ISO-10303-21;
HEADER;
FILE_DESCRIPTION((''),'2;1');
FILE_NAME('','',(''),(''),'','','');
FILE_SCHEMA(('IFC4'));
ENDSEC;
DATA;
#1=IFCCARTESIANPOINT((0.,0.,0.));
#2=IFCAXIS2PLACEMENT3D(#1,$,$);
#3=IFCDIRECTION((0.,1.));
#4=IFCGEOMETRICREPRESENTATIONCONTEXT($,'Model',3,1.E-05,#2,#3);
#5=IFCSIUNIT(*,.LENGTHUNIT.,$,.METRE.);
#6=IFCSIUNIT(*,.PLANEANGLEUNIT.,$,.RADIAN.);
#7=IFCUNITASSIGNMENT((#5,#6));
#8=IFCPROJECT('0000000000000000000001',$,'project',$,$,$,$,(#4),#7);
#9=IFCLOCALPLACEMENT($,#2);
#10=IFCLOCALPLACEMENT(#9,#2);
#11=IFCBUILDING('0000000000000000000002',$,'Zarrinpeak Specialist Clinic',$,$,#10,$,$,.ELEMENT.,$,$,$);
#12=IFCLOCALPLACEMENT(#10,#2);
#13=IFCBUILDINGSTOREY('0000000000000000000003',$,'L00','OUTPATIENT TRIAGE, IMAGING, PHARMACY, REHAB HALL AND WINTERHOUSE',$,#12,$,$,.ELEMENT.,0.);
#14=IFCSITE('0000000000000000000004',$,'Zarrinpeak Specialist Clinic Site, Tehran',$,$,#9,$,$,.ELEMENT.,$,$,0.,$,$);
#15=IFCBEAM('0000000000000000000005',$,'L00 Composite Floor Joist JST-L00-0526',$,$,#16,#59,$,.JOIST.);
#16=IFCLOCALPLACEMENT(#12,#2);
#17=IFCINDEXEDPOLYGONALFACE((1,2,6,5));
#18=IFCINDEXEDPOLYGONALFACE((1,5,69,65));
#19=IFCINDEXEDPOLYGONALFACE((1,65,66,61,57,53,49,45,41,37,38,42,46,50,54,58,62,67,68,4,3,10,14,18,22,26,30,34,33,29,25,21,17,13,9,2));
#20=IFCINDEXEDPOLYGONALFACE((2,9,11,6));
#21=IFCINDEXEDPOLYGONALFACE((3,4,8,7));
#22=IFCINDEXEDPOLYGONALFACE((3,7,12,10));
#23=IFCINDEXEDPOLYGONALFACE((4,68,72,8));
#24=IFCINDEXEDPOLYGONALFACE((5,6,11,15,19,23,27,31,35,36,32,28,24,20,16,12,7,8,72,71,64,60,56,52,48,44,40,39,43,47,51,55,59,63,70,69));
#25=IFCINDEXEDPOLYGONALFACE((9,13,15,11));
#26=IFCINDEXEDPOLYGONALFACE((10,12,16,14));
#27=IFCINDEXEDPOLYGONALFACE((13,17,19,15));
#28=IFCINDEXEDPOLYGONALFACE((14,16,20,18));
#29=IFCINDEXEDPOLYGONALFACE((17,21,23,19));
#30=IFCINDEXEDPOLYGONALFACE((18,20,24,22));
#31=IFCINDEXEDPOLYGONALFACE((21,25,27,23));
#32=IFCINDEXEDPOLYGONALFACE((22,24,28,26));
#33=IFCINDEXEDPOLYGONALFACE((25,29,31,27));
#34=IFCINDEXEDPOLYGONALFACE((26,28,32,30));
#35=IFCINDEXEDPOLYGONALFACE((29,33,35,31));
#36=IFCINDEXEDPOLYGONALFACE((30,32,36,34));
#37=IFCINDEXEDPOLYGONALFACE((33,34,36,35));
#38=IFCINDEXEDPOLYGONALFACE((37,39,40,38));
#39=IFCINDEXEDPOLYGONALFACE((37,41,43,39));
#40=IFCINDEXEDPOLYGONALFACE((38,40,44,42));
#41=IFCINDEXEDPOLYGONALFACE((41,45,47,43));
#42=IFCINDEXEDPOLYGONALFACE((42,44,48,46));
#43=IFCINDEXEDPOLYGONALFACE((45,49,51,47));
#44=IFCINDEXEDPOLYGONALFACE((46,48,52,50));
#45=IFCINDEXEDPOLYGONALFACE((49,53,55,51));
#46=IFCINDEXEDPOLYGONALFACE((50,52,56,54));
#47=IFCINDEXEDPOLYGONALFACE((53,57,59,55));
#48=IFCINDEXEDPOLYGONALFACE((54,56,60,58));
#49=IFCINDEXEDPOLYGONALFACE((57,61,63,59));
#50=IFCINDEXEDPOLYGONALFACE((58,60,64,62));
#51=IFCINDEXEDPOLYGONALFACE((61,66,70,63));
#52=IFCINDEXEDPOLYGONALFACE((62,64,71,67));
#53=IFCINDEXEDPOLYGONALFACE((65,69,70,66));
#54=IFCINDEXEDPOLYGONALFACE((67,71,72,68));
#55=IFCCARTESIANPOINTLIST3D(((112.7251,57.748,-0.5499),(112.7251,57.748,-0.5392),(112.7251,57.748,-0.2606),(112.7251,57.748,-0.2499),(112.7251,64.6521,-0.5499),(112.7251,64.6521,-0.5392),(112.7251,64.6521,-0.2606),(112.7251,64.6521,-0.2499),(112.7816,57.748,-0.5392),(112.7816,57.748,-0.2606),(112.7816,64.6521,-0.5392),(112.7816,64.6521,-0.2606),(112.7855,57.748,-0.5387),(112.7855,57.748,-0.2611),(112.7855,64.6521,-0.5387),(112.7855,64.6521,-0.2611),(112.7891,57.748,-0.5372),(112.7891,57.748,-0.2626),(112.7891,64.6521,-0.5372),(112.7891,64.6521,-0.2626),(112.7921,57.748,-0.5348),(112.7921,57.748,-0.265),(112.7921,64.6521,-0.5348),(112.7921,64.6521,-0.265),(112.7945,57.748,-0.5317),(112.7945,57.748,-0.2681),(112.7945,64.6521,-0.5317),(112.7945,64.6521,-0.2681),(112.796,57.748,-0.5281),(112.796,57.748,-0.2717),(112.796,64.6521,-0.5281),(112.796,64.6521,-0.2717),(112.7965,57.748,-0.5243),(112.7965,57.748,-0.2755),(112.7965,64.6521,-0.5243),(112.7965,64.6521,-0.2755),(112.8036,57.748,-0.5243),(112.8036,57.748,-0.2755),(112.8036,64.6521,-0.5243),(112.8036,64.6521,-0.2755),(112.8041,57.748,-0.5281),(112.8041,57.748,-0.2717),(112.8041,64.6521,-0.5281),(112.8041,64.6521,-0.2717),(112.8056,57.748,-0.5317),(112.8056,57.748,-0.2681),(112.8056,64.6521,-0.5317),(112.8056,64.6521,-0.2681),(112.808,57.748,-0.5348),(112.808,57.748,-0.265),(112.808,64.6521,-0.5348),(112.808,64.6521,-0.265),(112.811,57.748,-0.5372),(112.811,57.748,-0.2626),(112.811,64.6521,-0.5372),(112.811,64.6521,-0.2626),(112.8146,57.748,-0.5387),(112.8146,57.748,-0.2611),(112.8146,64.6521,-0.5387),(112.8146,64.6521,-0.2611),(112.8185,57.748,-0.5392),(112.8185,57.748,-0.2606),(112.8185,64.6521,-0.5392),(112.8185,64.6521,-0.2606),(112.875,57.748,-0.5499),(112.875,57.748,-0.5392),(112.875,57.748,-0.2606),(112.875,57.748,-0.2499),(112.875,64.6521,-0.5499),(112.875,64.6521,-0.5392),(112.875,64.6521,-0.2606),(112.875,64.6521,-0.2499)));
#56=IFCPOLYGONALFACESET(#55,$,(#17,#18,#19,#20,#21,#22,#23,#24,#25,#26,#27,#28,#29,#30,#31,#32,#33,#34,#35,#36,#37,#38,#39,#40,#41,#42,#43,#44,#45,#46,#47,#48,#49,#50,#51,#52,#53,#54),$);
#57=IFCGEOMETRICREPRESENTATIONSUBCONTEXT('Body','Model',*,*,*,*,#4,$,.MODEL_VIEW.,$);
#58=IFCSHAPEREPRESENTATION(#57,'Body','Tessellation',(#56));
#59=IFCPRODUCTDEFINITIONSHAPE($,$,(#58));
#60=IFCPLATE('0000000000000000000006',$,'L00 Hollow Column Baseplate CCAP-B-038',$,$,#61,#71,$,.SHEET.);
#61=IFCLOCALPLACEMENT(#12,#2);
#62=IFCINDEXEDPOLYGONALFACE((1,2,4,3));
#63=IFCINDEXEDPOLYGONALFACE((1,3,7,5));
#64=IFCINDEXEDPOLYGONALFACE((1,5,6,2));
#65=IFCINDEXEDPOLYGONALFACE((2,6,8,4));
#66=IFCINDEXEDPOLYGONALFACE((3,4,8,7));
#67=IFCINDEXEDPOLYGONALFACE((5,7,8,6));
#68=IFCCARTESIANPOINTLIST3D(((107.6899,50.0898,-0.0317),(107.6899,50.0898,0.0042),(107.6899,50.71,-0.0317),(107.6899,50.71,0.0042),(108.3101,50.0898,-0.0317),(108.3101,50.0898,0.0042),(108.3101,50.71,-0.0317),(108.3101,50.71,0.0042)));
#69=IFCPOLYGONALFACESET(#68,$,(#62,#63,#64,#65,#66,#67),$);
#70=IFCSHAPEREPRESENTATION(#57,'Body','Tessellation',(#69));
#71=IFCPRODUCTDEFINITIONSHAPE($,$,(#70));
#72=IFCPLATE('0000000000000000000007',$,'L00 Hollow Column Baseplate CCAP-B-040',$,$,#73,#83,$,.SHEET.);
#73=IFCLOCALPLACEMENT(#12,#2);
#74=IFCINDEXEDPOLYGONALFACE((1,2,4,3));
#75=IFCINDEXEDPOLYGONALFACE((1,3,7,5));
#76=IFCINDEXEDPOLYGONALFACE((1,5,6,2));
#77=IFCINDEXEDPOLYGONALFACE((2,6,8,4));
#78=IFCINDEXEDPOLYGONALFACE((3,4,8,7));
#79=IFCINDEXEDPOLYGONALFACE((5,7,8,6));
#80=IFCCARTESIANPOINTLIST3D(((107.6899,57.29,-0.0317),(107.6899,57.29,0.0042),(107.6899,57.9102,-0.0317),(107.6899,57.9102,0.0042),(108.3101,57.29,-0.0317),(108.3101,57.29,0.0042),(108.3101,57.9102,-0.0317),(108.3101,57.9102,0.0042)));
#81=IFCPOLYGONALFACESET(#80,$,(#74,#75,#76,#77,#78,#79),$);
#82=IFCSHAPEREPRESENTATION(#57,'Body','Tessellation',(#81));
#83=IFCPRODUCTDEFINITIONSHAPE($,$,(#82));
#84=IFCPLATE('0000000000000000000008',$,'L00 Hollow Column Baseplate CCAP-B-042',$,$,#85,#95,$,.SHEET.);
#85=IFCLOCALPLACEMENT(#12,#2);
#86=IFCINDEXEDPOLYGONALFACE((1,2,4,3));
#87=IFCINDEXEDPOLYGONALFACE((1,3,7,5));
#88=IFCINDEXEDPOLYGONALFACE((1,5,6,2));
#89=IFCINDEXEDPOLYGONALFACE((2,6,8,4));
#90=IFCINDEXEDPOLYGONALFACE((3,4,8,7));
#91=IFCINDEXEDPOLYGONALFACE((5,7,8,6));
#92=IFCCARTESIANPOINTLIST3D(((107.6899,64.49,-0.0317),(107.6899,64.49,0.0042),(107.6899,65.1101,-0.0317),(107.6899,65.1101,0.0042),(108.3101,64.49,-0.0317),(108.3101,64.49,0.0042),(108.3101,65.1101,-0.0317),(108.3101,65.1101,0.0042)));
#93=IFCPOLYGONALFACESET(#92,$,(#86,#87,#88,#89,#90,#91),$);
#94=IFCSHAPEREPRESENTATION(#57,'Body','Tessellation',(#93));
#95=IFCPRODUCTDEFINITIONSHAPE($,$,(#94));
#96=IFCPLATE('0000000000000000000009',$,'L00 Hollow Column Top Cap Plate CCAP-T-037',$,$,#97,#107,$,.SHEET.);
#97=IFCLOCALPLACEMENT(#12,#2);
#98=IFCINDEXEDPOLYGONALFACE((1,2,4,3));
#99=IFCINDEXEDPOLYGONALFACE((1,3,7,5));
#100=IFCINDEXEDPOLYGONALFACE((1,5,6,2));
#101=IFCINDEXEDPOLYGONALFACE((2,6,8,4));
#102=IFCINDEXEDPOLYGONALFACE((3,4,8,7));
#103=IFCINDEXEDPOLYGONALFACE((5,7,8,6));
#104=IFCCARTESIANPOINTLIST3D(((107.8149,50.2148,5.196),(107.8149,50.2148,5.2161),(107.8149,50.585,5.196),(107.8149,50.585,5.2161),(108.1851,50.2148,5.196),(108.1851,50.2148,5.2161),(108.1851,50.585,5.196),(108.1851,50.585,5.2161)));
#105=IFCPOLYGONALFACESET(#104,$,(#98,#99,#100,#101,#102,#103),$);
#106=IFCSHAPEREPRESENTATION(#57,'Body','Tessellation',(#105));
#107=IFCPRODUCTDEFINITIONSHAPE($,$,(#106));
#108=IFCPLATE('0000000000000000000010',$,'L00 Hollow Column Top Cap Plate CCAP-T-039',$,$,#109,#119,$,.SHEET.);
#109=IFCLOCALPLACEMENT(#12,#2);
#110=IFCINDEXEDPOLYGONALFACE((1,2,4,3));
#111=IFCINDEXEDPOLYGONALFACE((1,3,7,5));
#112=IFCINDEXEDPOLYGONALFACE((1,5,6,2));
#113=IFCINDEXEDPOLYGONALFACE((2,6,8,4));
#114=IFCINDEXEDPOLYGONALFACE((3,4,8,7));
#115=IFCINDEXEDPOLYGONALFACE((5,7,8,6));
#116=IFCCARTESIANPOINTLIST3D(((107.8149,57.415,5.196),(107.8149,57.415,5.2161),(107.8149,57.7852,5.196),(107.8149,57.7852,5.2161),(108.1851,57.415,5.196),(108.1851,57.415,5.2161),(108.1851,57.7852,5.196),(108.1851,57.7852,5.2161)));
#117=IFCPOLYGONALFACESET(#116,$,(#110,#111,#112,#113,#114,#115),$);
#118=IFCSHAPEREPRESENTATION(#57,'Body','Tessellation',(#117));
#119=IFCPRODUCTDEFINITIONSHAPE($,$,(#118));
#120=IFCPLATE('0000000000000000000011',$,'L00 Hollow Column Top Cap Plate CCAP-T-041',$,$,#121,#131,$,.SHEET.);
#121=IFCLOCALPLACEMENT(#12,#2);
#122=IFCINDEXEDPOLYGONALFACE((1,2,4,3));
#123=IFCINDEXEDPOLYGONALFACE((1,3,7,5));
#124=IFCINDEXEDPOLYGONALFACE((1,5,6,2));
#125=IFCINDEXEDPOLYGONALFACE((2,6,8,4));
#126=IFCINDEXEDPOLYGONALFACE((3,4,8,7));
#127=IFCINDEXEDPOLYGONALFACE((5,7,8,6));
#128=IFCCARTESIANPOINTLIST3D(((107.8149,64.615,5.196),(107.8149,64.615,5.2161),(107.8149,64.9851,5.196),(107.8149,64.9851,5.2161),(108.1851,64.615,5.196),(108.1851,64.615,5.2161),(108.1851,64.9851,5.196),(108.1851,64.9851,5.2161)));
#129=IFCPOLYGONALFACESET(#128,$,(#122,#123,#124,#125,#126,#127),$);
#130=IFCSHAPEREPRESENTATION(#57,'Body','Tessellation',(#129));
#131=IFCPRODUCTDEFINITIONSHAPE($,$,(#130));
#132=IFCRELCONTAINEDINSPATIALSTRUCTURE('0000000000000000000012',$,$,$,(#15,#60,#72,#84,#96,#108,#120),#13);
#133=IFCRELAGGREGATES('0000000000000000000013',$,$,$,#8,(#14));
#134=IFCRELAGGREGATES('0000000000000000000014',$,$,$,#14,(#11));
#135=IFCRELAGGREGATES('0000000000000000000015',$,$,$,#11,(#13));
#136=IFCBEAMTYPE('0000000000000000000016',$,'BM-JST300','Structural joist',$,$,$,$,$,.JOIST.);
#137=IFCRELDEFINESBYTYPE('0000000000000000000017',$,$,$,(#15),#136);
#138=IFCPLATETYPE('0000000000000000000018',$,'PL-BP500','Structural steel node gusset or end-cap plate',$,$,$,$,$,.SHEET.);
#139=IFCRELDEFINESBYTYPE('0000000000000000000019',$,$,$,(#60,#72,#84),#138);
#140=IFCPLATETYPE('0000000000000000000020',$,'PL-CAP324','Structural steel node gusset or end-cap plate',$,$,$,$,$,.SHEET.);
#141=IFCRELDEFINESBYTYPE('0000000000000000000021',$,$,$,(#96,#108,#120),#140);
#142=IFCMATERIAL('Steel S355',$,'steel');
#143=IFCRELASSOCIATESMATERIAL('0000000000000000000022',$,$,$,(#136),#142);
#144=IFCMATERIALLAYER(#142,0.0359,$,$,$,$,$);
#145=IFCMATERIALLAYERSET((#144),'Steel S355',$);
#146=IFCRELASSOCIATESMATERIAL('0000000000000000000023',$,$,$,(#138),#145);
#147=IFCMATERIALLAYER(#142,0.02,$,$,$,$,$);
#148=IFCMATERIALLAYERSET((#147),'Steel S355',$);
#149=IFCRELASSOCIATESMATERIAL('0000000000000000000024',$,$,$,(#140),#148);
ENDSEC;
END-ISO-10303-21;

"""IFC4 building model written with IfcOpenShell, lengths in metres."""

from ifc_helpers import new_model, si_unit, direction, frame, origin, origin_2d, place, context, subcontext, project, spatial, rectangle, i_section, extrude, material, layer, layer_set, material_profile, profile_set, type_object, element, save


model = new_model("IFC4")

# Units and contexts
model_context = context("Model", 3, precision=1e-05, world=origin(), true_north=direction((0.0, 1.0)))
body_context = subcontext(model_context, "Body", "Model", "MODEL_VIEW")
ifc_project = project(units=[si_unit("LENGTHUNIT", "METRE"), si_unit("PLANEANGLEUNIT", "RADIAN")], contexts=[model_context])

# Site, building, storey
site_placement = place(None, origin())
site = spatial("IfcSite", under=ifc_project, at=site_placement, Name="Zarrinpeak Specialist Clinic Site, Tehran", CompositionType="ELEMENT", RefElevation=0.0)
building_placement = place(site_placement, origin())
building = spatial("IfcBuilding", under=site, at=building_placement, Name="Zarrinpeak Specialist Clinic", CompositionType="ELEMENT")
storey_placement = place(building_placement, origin())
storey = spatial("IfcBuildingStorey", under=building, at=storey_placement, Name="L00", Description="OUTPATIENT TRIAGE, IMAGING, PHARMACY, REHAB HALL AND WINTERHOUSE", CompositionType="ELEMENT", Elevation=0.0)

# Shared definitions
ifc_material = material(Name="Steel S355", Category="steel")

# Beam
ifc_material_profile_1 = material_profile(ifc_material, i_section(OverallWidth=0.1499, OverallDepth=0.3, WebThickness=0.0071, FlangeThickness=0.0107, FilletRadius=0.0149, at=origin_2d()), Name="IPE 300")
ifc_profile_set_1 = profile_set([ifc_material_profile_1], Name="Steel S355")
beam_type_1 = type_object("IfcBeamType", Name="BM-JST300", Description="Structural joist", PredefinedType="JOIST", material=ifc_profile_set_1)
for number, where, z_axis, x_axis, name in (
    (1, (112.8, 57.748, -0.3999), (0.0, 1.0, 0.0), (-1.0, 0.0, 0.0), "L00 Composite Floor Joist JST-L00-0526"),
):
    element("IfcBeam", number, at=place(storey_placement, frame(where, z_axis=z_axis, x_axis=x_axis)), inside=storey, type_object=beam_type_1, Name=name, PredefinedType="JOIST", context=body_context, shape_type="SweptSolid", body=[
        extrude(i_section(OverallWidth=0.1499, OverallDepth=0.3, WebThickness=0.0071, FlangeThickness=0.0107, FilletRadius=0.0149, at=origin_2d()), origin(), (0.0, 0.0, 1.0), 6.9041),
    ])

# Plates
ifc_layer_1 = layer(ifc_material, 0.0359)
ifc_layer_set_1 = layer_set([ifc_layer_1], Name="Steel S355")
plate_type_1 = type_object("IfcPlateType", Name="PL-BP500", Description="Structural steel node gusset or end-cap plate", PredefinedType="SHEET", material=ifc_layer_set_1)
for number, where, z_axis, x_axis, name in (
    (2, (108.0, 50.3999, -0.0317), (0.0, 0.0, 1.0), (1.0, 0.0, 0.0), "L00 Hollow Column Baseplate CCAP-B-038"),
    (3, (108.0, 57.6001, -0.0317), (0.0, 0.0, 1.0), (1.0, 0.0, 0.0), "L00 Hollow Column Baseplate CCAP-B-040"),
    (4, (108.0, 64.8, -0.0317), (0.0, 0.0, 1.0), (1.0, 0.0, 0.0), "L00 Hollow Column Baseplate CCAP-B-042"),
):
    element("IfcPlate", number, at=place(storey_placement, frame(where, z_axis=z_axis, x_axis=x_axis)), inside=storey, type_object=plate_type_1, Name=name, PredefinedType="SHEET", context=body_context, shape_type="SweptSolid", body=[
        extrude(rectangle(XDim=0.6201, YDim=0.6201, at=origin_2d()), origin(), (0.0, 0.0, 1.0), 0.0359),
    ])
ifc_layer_2 = layer(ifc_material, 0.02)
ifc_layer_set_2 = layer_set([ifc_layer_2], Name="Steel S355")
plate_type_2 = type_object("IfcPlateType", Name="PL-CAP324", Description="Structural steel node gusset or end-cap plate", PredefinedType="SHEET", material=ifc_layer_set_2)
for number, where, z_axis, x_axis, name in (
    (5, (108.0, 50.3999, 5.196), (0.0, 0.0, 1.0), (1.0, 0.0, 0.0), "L00 Hollow Column Top Cap Plate CCAP-T-037"),
    (6, (108.0, 57.6001, 5.196), (0.0, 0.0, 1.0), (1.0, 0.0, 0.0), "L00 Hollow Column Top Cap Plate CCAP-T-039"),
    (7, (108.0, 64.8, 5.196), (0.0, 0.0, 1.0), (1.0, 0.0, 0.0), "L00 Hollow Column Top Cap Plate CCAP-T-041"),
):
    element("IfcPlate", number, at=place(storey_placement, frame(where, z_axis=z_axis, x_axis=x_axis)), inside=storey, type_object=plate_type_2, Name=name, PredefinedType="SHEET", context=body_context, shape_type="SweptSolid", body=[
        extrude(rectangle(XDim=0.3701, YDim=0.3701, at=origin_2d()), origin(), (0.0, 0.0, 1.0), 0.02),
    ])

save(model, "model.ifc")
